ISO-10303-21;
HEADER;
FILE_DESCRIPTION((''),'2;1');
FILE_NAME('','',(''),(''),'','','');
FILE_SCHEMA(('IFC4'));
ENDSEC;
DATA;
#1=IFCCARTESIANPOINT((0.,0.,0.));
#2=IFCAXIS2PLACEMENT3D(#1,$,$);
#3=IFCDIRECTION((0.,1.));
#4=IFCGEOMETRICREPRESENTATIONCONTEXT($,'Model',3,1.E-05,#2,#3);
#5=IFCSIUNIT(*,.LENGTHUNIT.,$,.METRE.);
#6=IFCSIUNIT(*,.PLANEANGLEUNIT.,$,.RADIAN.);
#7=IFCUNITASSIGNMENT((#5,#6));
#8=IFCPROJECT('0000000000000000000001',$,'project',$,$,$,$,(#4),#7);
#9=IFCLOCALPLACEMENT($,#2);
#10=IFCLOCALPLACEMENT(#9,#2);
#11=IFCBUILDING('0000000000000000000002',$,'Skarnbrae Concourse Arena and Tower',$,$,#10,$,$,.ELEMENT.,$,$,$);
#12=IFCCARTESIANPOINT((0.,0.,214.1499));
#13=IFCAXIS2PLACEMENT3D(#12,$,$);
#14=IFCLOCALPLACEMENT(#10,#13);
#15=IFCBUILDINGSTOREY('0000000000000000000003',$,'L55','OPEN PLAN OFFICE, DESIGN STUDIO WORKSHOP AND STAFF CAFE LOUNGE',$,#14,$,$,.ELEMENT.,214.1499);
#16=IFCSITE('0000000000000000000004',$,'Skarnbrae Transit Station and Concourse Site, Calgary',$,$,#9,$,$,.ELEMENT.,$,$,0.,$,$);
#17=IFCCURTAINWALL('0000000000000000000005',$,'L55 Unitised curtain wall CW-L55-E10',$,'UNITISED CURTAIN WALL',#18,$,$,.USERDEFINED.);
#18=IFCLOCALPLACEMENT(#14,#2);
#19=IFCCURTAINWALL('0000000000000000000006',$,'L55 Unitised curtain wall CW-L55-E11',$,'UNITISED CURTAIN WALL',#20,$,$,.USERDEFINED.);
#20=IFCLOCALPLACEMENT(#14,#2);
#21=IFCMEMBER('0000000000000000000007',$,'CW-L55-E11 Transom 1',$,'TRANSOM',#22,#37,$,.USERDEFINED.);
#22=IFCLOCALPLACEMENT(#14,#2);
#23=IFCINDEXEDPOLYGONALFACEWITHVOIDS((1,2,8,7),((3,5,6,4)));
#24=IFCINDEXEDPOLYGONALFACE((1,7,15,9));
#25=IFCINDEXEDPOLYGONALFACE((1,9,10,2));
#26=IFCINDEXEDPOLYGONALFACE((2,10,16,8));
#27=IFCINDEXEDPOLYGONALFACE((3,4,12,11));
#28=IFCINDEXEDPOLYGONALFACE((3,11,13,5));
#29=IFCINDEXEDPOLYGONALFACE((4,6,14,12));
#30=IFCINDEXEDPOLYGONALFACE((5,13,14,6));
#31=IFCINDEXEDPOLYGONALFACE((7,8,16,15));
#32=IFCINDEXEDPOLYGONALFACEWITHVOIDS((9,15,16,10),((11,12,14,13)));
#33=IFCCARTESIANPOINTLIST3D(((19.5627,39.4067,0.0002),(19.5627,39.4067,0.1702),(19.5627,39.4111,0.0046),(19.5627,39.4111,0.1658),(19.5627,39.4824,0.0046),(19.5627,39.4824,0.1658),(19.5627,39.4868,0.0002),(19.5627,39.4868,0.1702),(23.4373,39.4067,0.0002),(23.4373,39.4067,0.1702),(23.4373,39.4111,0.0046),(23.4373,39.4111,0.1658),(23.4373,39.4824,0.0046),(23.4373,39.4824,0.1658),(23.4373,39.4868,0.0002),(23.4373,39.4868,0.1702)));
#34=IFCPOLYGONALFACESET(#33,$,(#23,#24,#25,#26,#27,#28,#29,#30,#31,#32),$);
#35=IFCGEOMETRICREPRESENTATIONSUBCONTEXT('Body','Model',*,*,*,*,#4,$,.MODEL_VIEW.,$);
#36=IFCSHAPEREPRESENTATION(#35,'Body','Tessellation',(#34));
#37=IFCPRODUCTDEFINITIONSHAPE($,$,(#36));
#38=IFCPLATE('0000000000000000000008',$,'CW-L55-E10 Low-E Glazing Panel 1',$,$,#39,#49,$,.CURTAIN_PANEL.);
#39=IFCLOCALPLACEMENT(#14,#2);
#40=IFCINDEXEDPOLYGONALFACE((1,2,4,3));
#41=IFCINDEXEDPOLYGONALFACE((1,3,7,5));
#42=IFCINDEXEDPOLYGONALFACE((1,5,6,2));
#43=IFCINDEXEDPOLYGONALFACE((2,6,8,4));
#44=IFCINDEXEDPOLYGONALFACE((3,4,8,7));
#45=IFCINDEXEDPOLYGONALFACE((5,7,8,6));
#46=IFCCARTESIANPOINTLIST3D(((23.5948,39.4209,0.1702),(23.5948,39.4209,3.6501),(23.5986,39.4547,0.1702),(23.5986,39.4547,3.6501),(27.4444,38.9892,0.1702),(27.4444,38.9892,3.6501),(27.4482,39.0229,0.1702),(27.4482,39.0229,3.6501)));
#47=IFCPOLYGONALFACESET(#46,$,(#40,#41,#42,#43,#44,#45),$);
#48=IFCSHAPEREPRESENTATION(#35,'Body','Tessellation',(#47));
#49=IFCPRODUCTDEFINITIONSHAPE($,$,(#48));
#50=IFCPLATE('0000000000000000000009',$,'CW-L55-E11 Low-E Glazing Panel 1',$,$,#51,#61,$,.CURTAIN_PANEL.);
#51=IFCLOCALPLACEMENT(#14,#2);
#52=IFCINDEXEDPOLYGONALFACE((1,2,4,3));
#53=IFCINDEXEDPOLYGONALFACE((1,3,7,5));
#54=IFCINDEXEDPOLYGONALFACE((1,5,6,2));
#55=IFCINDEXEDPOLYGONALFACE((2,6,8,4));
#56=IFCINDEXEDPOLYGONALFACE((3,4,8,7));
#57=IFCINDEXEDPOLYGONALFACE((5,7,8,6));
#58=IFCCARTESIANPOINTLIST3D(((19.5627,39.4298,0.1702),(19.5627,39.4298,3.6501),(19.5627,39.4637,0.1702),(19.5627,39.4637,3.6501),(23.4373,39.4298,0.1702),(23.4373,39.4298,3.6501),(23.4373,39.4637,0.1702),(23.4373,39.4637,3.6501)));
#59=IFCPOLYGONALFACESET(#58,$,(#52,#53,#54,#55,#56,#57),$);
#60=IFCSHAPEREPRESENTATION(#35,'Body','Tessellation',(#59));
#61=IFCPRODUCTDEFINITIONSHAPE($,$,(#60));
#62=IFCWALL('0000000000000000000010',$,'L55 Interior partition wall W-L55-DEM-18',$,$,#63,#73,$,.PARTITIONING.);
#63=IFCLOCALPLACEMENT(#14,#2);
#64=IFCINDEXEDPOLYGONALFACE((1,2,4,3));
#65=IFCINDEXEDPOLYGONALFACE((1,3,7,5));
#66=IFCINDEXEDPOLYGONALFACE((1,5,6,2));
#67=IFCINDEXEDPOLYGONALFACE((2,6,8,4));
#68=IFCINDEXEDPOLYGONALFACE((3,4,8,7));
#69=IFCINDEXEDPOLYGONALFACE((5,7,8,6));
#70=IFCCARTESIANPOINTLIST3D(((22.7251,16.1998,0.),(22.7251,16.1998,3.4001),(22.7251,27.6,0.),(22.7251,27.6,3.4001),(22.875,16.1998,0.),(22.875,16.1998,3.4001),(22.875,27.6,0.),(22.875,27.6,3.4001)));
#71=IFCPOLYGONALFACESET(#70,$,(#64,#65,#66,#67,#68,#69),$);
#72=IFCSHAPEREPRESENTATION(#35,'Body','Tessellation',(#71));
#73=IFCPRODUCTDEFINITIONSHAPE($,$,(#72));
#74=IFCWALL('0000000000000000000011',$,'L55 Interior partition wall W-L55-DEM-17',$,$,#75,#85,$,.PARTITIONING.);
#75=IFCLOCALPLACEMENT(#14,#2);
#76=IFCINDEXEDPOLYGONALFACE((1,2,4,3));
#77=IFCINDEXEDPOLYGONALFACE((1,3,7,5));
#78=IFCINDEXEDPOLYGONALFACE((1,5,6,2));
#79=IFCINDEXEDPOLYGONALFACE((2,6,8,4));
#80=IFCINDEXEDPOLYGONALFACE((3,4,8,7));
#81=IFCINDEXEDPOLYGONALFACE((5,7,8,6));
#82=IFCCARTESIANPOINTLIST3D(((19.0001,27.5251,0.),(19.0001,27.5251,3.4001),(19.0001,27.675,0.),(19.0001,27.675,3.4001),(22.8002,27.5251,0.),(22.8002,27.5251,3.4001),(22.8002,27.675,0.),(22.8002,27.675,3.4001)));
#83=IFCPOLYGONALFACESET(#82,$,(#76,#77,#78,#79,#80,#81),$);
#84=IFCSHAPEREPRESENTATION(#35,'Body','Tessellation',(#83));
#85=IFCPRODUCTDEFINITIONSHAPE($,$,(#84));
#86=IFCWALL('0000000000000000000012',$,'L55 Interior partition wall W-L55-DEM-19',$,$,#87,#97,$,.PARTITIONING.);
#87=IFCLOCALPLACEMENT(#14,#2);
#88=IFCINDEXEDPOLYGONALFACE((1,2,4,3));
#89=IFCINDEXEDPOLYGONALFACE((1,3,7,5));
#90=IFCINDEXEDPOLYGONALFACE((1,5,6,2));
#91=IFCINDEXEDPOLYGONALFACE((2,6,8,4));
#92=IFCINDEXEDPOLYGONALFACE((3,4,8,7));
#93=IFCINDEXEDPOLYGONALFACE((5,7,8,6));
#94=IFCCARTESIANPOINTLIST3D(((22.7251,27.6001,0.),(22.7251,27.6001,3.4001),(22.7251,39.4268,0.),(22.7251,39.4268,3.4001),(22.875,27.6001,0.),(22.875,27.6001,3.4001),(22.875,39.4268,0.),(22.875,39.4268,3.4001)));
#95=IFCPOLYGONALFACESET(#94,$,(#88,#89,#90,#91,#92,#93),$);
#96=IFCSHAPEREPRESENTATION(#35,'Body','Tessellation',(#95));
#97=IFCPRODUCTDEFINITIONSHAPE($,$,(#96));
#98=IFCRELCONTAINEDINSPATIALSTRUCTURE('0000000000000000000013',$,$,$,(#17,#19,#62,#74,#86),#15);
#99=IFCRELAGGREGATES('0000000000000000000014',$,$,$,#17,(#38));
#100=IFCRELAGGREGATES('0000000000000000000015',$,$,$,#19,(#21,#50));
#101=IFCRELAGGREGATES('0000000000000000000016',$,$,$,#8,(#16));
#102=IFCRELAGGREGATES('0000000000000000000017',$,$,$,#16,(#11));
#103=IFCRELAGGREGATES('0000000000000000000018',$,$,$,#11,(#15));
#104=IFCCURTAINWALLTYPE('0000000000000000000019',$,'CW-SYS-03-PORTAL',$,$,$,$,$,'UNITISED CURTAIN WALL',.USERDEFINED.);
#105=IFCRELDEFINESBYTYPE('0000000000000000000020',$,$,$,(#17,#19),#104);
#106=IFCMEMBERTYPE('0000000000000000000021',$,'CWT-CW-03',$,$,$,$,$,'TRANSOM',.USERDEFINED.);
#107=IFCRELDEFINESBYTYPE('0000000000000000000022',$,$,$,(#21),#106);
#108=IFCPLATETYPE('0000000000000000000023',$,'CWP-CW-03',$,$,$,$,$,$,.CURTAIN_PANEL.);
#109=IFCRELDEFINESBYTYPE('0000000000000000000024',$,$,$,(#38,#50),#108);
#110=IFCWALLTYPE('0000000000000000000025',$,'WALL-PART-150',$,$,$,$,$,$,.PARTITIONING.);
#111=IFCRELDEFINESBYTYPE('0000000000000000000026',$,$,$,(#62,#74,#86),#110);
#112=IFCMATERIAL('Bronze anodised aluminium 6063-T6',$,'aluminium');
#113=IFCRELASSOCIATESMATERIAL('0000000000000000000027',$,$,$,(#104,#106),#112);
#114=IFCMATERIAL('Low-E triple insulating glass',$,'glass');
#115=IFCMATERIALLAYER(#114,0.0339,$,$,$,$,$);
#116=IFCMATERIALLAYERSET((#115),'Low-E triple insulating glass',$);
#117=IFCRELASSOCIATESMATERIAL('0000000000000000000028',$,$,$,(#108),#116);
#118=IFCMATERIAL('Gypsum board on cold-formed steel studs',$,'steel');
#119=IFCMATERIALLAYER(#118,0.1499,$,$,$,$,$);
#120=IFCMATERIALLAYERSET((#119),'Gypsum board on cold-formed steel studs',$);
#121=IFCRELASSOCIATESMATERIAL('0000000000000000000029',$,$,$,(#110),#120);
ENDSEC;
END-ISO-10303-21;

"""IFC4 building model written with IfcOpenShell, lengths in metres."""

from ifc_helpers import new_model, si_unit, direction, frame, frame_2d, origin, origin_2d, place, context, subcontext, project, spatial, rectangle, hollow_rectangle, extrude, source, transform, mapped, material, layer, layer_set, material_profile, profile_set, type_object, element, aggregate, save


model = new_model("IFC4")

# Units and contexts
model_context = context("Model", 3, precision=1e-05, world=origin(), true_north=direction((0.0, 1.0)))
body_context = subcontext(model_context, "Body", "Model", "MODEL_VIEW")
ifc_project = project(units=[si_unit("LENGTHUNIT", "METRE"), si_unit("PLANEANGLEUNIT", "RADIAN")], contexts=[model_context])

# Site, building, storey
site_placement = place(None, origin())
site = spatial("IfcSite", under=ifc_project, at=site_placement, Name="Skarnbrae Transit Station and Concourse Site, Calgary", CompositionType="ELEMENT", RefElevation=0.0)
building_placement = place(site_placement, origin())
building = spatial("IfcBuilding", under=site, at=building_placement, Name="Skarnbrae Concourse Arena and Tower", CompositionType="ELEMENT")
storey_placement = place(building_placement, frame((0.0, 0.0, 214.1499)))
storey = spatial("IfcBuildingStorey", under=building, at=storey_placement, Name="L55", Description="OPEN PLAN OFFICE, DESIGN STUDIO WORKSHOP AND STAFF CAFE LOUNGE", CompositionType="ELEMENT", Elevation=214.1499)

# Shared definitions
ifc_material_1 = material(Name="Bronze anodised aluminium 6063-T6", Category="aluminium")
curtain_wall_type = type_object("IfcCurtainWallType", Name="CW-SYS-03-PORTAL", ElementType="UNITISED CURTAIN WALL", PredefinedType="USERDEFINED", material=ifc_material_1)

# Curtain wall
curtain_wall_1_placement = place(storey_placement, origin())
curtain_wall_1 = element("IfcCurtainWall", 1, at=curtain_wall_1_placement, inside=storey, type_object=curtain_wall_type, Name="L55 Unitised curtain wall CW-L55-E10", ObjectType="UNITISED CURTAIN WALL", PredefinedType="USERDEFINED")

# Curtain wall
curtain_wall_2_placement = place(storey_placement, origin())
curtain_wall_2 = element("IfcCurtainWall", 2, at=curtain_wall_2_placement, inside=storey, type_object=curtain_wall_type, Name="L55 Unitised curtain wall CW-L55-E11", ObjectType="UNITISED CURTAIN WALL", PredefinedType="USERDEFINED")

# Member
ifc_material_profile_1 = material_profile(ifc_material_1, hollow_rectangle(XDim=0.0801, YDim=0.1699, WallThickness=0.0044, at=origin_2d()), Name="ALU-TRAN-80X170")
ifc_profile_set_1 = profile_set([ifc_material_profile_1], Name="Bronze anodised aluminium 6063-T6")
member_type_1 = type_object("IfcMemberType", Name="CWT-CW-03", ElementType="TRANSOM", PredefinedType="USERDEFINED", material=ifc_profile_set_1)
shared_shape_1 = source(origin(), body_context, "Body", "SweptSolid", [
    extrude(hollow_rectangle(XDim=0.0801, YDim=0.1699, WallThickness=0.0044, at=origin_2d()), origin(), (0.0, 0.0, 1.0), 3.8745),
])
member_1_placement = place(storey_placement, frame((23.4373, 39.4468, 0.0852), z_axis=(-1.0, 0.0, 0.0), x_axis=(0.0, -1.0, 0.0)))
member_1 = element("IfcMember", 3, at=member_1_placement, type_object=member_type_1, Name="CW-L55-E11 Transom 1", ObjectType="TRANSOM", PredefinedType="USERDEFINED", context=body_context, shape_type="MappedRepresentation", body=[
    mapped(shared_shape_1, transform((0.0, 0.0, 0.0))),
])

# Plates
ifc_material_2 = material(Name="Low-E triple insulating glass", Category="glass")
ifc_layer_1 = layer(ifc_material_2, 0.0339)
ifc_layer_set_1 = layer_set([ifc_layer_1], Name="Low-E triple insulating glass")
plate_type = type_object("IfcPlateType", Name="CWP-CW-03", PredefinedType="CURTAIN_PANEL", material=ifc_layer_set_1)
shared_shape_2 = source(origin(), body_context, "Body", "SweptSolid", [
    extrude(rectangle(XDim=3.8738, YDim=0.0339, at=origin_2d()), origin(), (0.0, 0.0, 1.0), 3.48),
])
plate_1_placement = place(storey_placement, frame((25.5215, 39.2219, 0.1702), z_axis=(0.0, 0.0, 1.0), x_axis=(-0.993769, 0.11146, 0.0)))
plate_1 = element("IfcPlate", 4, at=plate_1_placement, type_object=plate_type, Name="CW-L55-E10 Low-E Glazing Panel 1", PredefinedType="CURTAIN_PANEL", context=body_context, shape_type="MappedRepresentation", body=[
    mapped(shared_shape_2, transform((0.0, 0.0, 0.0))),
])
aggregate(curtain_wall_1, [plate_1])
shared_shape_3 = source(origin(), body_context, "Body", "SweptSolid", [
    extrude(rectangle(XDim=3.8745, YDim=0.0339, at=origin_2d()), origin(), (0.0, 0.0, 1.0), 3.48),
])
plate_2_placement = place(storey_placement, frame((21.5, 39.4468, 0.1702), z_axis=(0.0, 0.0, 1.0), x_axis=(-1.0, 0.0, 0.0)))
plate_2 = element("IfcPlate", 5, at=plate_2_placement, type_object=plate_type, Name="CW-L55-E11 Low-E Glazing Panel 1", PredefinedType="CURTAIN_PANEL", context=body_context, shape_type="MappedRepresentation", body=[
    mapped(shared_shape_3, transform((0.0, 0.0, 0.0))),
])
aggregate(curtain_wall_2, [member_1, plate_2])

# Walls
ifc_material_3 = material(Name="Gypsum board on cold-formed steel studs", Category="steel")
ifc_layer_2 = layer(ifc_material_3, 0.1499)
ifc_layer_set_2 = layer_set([ifc_layer_2], Name="Gypsum board on cold-formed steel studs")
wall_type = type_object("IfcWallType", Name="WALL-PART-150", PredefinedType="PARTITIONING", material=ifc_layer_set_2)
shared_shape_4 = source(origin(), body_context, "Body", "SweptSolid", [
    extrude(rectangle(XDim=11.4001, YDim=0.1499, at=frame_2d((5.7002, 0.0))), origin(), (0.0, 0.0, 1.0), 3.4001),
])
wall_1_placement = place(storey_placement, frame((22.8, 27.6001, 0.0), z_axis=(0.0, 0.0, 1.0), x_axis=(0.0, -1.0, 0.0)))
element("IfcWall", 6, at=wall_1_placement, inside=storey, type_object=wall_type, Name="L55 Interior partition wall W-L55-DEM-18", PredefinedType="PARTITIONING", context=body_context, shape_type="MappedRepresentation", body=[
    mapped(shared_shape_4, transform((0.0, 0.0, 0.0))),
])
shared_shape_5 = source(origin(), body_context, "Body", "SweptSolid", [
    extrude(rectangle(XDim=3.8, YDim=0.1499, at=frame_2d((1.8999, 0.0))), origin(), (0.0, 0.0, 1.0), 3.4001),
])
wall_2_placement = place(storey_placement, frame((22.8, 27.6001, 0.0), z_axis=(0.0, 0.0, 1.0), x_axis=(-1.0, 0.0, 0.0)))
element("IfcWall", 7, at=wall_2_placement, inside=storey, type_object=wall_type, Name="L55 Interior partition wall W-L55-DEM-17", PredefinedType="PARTITIONING", context=body_context, shape_type="MappedRepresentation", body=[
    mapped(shared_shape_5, transform((0.0, 0.0, 0.0))),
])
shared_shape_6 = source(origin(), body_context, "Body", "SweptSolid", [
    extrude(rectangle(XDim=11.8267, YDim=0.1499, at=frame_2d((5.9133, 0.0))), origin(), (0.0, 0.0, 1.0), 3.4001),
])
wall_3_placement = place(storey_placement, frame((22.8, 39.4268, 0.0), z_axis=(0.0, 0.0, 1.0), x_axis=(0.0, -1.0, 0.0)))
element("IfcWall", 8, at=wall_3_placement, inside=storey, type_object=wall_type, Name="L55 Interior partition wall W-L55-DEM-19", PredefinedType="PARTITIONING", context=body_context, shape_type="MappedRepresentation", body=[
    mapped(shared_shape_6, transform((0.0, 0.0, 0.0))),
])

save(model, "model.ifc")
